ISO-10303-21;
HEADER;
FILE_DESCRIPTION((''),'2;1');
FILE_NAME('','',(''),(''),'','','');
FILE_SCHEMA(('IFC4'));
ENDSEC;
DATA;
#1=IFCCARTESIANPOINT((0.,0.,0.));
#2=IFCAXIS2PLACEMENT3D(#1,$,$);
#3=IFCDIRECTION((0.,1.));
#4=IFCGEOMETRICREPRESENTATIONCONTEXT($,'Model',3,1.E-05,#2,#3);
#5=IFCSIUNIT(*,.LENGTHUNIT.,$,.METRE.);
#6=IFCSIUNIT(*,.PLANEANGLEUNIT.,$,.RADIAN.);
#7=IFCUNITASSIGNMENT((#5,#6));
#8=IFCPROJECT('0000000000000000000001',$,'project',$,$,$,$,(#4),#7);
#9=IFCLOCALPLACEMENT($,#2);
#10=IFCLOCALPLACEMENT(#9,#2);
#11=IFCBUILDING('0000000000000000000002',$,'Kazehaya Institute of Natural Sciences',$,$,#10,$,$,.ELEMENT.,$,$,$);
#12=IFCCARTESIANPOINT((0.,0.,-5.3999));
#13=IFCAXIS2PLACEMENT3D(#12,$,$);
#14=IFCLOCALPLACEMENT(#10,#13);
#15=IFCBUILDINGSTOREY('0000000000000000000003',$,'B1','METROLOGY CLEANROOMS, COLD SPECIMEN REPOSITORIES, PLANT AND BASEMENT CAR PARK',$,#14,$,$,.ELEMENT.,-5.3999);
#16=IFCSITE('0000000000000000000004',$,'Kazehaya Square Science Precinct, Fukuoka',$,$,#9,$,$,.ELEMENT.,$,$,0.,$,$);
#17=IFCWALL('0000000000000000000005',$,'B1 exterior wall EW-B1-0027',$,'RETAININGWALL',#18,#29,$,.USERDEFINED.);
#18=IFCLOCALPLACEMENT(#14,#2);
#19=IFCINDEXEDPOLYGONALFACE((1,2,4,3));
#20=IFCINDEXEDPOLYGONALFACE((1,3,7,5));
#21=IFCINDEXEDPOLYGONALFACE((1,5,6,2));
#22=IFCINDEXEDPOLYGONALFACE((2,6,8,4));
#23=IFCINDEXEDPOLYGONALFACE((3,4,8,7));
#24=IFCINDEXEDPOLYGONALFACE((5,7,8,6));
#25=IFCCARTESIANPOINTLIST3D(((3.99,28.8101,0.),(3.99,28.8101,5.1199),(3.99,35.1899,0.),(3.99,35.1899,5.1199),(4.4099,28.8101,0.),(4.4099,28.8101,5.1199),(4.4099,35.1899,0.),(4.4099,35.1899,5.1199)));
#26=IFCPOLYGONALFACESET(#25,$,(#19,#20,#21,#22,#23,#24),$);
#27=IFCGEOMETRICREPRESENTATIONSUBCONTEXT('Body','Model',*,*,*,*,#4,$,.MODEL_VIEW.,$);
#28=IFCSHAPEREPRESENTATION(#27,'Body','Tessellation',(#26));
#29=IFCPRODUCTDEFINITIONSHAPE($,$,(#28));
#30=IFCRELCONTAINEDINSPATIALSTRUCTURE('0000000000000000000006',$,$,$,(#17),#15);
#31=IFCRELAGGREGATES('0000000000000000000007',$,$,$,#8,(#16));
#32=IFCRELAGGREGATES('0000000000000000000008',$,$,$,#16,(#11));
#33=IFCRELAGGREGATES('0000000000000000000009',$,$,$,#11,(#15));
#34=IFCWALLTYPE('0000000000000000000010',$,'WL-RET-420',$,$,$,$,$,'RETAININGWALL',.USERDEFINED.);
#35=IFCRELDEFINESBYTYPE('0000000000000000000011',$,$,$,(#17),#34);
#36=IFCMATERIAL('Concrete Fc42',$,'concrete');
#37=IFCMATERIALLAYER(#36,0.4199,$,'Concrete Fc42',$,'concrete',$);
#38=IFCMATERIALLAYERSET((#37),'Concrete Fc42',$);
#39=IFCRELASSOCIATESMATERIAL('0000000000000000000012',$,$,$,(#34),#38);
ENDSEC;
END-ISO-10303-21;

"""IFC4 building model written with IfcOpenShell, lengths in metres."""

from ifc_helpers import new_model, si_unit, direction, frame, frame_2d, origin, place, context, subcontext, project, spatial, rectangle, extrude, material, layer, layer_set, type_object, element, save


model = new_model("IFC4")

# Units and contexts
model_context = context("Model", 3, precision=1e-05, world=origin(), true_north=direction((0.0, 1.0)))
body_context = subcontext(model_context, "Body", "Model", "MODEL_VIEW")
ifc_project = project(units=[si_unit("LENGTHUNIT", "METRE"), si_unit("PLANEANGLEUNIT", "RADIAN")], contexts=[model_context])

# Site, building, storey
site_placement = place(None, origin())
site = spatial("IfcSite", under=ifc_project, at=site_placement, Name="Kazehaya Square Science Precinct, Fukuoka", CompositionType="ELEMENT", RefElevation=0.0)
building_placement = place(site_placement, origin())
building = spatial("IfcBuilding", under=site, at=building_placement, Name="Kazehaya Institute of Natural Sciences", CompositionType="ELEMENT")
storey_placement = place(building_placement, frame((0.0, 0.0, -5.3999)))
storey = spatial("IfcBuildingStorey", under=building, at=storey_placement, Name="B1", Description="METROLOGY CLEANROOMS, COLD SPECIMEN REPOSITORIES, PLANT AND BASEMENT CAR PARK", CompositionType="ELEMENT", Elevation=-5.3999)

# Shared definitions
ifc_material_1 = material(Name="Concrete Fc42", Category="concrete")

# Wall
ifc_layer_1 = layer(ifc_material_1, 0.4199, Name="Concrete Fc42", Category="concrete")
ifc_layer_set_1 = layer_set([ifc_layer_1], Name="Concrete Fc42")
wall_type_1 = type_object("IfcWallType", Name="WL-RET-420", ElementType="RETAININGWALL", PredefinedType="USERDEFINED", material=ifc_layer_set_1)
wall_1_placement = place(storey_placement, frame((4.2, 28.8101, 0.0), z_axis=(0.0, 0.0, 1.0), x_axis=(0.0, 1.0, 0.0)))
element("IfcWall", 1, at=wall_1_placement, inside=storey, type_object=wall_type_1, Name="B1 exterior wall EW-B1-0027", ObjectType="RETAININGWALL", PredefinedType="USERDEFINED", context=body_context, shape_type="SweptSolid", body=[
    extrude(rectangle(XDim=6.3799, YDim=0.4199, at=frame_2d((3.1899, 0.0))), origin(), (0.0, 0.0, 1.0), 5.1199),
])

save(model, "model.ifc")
